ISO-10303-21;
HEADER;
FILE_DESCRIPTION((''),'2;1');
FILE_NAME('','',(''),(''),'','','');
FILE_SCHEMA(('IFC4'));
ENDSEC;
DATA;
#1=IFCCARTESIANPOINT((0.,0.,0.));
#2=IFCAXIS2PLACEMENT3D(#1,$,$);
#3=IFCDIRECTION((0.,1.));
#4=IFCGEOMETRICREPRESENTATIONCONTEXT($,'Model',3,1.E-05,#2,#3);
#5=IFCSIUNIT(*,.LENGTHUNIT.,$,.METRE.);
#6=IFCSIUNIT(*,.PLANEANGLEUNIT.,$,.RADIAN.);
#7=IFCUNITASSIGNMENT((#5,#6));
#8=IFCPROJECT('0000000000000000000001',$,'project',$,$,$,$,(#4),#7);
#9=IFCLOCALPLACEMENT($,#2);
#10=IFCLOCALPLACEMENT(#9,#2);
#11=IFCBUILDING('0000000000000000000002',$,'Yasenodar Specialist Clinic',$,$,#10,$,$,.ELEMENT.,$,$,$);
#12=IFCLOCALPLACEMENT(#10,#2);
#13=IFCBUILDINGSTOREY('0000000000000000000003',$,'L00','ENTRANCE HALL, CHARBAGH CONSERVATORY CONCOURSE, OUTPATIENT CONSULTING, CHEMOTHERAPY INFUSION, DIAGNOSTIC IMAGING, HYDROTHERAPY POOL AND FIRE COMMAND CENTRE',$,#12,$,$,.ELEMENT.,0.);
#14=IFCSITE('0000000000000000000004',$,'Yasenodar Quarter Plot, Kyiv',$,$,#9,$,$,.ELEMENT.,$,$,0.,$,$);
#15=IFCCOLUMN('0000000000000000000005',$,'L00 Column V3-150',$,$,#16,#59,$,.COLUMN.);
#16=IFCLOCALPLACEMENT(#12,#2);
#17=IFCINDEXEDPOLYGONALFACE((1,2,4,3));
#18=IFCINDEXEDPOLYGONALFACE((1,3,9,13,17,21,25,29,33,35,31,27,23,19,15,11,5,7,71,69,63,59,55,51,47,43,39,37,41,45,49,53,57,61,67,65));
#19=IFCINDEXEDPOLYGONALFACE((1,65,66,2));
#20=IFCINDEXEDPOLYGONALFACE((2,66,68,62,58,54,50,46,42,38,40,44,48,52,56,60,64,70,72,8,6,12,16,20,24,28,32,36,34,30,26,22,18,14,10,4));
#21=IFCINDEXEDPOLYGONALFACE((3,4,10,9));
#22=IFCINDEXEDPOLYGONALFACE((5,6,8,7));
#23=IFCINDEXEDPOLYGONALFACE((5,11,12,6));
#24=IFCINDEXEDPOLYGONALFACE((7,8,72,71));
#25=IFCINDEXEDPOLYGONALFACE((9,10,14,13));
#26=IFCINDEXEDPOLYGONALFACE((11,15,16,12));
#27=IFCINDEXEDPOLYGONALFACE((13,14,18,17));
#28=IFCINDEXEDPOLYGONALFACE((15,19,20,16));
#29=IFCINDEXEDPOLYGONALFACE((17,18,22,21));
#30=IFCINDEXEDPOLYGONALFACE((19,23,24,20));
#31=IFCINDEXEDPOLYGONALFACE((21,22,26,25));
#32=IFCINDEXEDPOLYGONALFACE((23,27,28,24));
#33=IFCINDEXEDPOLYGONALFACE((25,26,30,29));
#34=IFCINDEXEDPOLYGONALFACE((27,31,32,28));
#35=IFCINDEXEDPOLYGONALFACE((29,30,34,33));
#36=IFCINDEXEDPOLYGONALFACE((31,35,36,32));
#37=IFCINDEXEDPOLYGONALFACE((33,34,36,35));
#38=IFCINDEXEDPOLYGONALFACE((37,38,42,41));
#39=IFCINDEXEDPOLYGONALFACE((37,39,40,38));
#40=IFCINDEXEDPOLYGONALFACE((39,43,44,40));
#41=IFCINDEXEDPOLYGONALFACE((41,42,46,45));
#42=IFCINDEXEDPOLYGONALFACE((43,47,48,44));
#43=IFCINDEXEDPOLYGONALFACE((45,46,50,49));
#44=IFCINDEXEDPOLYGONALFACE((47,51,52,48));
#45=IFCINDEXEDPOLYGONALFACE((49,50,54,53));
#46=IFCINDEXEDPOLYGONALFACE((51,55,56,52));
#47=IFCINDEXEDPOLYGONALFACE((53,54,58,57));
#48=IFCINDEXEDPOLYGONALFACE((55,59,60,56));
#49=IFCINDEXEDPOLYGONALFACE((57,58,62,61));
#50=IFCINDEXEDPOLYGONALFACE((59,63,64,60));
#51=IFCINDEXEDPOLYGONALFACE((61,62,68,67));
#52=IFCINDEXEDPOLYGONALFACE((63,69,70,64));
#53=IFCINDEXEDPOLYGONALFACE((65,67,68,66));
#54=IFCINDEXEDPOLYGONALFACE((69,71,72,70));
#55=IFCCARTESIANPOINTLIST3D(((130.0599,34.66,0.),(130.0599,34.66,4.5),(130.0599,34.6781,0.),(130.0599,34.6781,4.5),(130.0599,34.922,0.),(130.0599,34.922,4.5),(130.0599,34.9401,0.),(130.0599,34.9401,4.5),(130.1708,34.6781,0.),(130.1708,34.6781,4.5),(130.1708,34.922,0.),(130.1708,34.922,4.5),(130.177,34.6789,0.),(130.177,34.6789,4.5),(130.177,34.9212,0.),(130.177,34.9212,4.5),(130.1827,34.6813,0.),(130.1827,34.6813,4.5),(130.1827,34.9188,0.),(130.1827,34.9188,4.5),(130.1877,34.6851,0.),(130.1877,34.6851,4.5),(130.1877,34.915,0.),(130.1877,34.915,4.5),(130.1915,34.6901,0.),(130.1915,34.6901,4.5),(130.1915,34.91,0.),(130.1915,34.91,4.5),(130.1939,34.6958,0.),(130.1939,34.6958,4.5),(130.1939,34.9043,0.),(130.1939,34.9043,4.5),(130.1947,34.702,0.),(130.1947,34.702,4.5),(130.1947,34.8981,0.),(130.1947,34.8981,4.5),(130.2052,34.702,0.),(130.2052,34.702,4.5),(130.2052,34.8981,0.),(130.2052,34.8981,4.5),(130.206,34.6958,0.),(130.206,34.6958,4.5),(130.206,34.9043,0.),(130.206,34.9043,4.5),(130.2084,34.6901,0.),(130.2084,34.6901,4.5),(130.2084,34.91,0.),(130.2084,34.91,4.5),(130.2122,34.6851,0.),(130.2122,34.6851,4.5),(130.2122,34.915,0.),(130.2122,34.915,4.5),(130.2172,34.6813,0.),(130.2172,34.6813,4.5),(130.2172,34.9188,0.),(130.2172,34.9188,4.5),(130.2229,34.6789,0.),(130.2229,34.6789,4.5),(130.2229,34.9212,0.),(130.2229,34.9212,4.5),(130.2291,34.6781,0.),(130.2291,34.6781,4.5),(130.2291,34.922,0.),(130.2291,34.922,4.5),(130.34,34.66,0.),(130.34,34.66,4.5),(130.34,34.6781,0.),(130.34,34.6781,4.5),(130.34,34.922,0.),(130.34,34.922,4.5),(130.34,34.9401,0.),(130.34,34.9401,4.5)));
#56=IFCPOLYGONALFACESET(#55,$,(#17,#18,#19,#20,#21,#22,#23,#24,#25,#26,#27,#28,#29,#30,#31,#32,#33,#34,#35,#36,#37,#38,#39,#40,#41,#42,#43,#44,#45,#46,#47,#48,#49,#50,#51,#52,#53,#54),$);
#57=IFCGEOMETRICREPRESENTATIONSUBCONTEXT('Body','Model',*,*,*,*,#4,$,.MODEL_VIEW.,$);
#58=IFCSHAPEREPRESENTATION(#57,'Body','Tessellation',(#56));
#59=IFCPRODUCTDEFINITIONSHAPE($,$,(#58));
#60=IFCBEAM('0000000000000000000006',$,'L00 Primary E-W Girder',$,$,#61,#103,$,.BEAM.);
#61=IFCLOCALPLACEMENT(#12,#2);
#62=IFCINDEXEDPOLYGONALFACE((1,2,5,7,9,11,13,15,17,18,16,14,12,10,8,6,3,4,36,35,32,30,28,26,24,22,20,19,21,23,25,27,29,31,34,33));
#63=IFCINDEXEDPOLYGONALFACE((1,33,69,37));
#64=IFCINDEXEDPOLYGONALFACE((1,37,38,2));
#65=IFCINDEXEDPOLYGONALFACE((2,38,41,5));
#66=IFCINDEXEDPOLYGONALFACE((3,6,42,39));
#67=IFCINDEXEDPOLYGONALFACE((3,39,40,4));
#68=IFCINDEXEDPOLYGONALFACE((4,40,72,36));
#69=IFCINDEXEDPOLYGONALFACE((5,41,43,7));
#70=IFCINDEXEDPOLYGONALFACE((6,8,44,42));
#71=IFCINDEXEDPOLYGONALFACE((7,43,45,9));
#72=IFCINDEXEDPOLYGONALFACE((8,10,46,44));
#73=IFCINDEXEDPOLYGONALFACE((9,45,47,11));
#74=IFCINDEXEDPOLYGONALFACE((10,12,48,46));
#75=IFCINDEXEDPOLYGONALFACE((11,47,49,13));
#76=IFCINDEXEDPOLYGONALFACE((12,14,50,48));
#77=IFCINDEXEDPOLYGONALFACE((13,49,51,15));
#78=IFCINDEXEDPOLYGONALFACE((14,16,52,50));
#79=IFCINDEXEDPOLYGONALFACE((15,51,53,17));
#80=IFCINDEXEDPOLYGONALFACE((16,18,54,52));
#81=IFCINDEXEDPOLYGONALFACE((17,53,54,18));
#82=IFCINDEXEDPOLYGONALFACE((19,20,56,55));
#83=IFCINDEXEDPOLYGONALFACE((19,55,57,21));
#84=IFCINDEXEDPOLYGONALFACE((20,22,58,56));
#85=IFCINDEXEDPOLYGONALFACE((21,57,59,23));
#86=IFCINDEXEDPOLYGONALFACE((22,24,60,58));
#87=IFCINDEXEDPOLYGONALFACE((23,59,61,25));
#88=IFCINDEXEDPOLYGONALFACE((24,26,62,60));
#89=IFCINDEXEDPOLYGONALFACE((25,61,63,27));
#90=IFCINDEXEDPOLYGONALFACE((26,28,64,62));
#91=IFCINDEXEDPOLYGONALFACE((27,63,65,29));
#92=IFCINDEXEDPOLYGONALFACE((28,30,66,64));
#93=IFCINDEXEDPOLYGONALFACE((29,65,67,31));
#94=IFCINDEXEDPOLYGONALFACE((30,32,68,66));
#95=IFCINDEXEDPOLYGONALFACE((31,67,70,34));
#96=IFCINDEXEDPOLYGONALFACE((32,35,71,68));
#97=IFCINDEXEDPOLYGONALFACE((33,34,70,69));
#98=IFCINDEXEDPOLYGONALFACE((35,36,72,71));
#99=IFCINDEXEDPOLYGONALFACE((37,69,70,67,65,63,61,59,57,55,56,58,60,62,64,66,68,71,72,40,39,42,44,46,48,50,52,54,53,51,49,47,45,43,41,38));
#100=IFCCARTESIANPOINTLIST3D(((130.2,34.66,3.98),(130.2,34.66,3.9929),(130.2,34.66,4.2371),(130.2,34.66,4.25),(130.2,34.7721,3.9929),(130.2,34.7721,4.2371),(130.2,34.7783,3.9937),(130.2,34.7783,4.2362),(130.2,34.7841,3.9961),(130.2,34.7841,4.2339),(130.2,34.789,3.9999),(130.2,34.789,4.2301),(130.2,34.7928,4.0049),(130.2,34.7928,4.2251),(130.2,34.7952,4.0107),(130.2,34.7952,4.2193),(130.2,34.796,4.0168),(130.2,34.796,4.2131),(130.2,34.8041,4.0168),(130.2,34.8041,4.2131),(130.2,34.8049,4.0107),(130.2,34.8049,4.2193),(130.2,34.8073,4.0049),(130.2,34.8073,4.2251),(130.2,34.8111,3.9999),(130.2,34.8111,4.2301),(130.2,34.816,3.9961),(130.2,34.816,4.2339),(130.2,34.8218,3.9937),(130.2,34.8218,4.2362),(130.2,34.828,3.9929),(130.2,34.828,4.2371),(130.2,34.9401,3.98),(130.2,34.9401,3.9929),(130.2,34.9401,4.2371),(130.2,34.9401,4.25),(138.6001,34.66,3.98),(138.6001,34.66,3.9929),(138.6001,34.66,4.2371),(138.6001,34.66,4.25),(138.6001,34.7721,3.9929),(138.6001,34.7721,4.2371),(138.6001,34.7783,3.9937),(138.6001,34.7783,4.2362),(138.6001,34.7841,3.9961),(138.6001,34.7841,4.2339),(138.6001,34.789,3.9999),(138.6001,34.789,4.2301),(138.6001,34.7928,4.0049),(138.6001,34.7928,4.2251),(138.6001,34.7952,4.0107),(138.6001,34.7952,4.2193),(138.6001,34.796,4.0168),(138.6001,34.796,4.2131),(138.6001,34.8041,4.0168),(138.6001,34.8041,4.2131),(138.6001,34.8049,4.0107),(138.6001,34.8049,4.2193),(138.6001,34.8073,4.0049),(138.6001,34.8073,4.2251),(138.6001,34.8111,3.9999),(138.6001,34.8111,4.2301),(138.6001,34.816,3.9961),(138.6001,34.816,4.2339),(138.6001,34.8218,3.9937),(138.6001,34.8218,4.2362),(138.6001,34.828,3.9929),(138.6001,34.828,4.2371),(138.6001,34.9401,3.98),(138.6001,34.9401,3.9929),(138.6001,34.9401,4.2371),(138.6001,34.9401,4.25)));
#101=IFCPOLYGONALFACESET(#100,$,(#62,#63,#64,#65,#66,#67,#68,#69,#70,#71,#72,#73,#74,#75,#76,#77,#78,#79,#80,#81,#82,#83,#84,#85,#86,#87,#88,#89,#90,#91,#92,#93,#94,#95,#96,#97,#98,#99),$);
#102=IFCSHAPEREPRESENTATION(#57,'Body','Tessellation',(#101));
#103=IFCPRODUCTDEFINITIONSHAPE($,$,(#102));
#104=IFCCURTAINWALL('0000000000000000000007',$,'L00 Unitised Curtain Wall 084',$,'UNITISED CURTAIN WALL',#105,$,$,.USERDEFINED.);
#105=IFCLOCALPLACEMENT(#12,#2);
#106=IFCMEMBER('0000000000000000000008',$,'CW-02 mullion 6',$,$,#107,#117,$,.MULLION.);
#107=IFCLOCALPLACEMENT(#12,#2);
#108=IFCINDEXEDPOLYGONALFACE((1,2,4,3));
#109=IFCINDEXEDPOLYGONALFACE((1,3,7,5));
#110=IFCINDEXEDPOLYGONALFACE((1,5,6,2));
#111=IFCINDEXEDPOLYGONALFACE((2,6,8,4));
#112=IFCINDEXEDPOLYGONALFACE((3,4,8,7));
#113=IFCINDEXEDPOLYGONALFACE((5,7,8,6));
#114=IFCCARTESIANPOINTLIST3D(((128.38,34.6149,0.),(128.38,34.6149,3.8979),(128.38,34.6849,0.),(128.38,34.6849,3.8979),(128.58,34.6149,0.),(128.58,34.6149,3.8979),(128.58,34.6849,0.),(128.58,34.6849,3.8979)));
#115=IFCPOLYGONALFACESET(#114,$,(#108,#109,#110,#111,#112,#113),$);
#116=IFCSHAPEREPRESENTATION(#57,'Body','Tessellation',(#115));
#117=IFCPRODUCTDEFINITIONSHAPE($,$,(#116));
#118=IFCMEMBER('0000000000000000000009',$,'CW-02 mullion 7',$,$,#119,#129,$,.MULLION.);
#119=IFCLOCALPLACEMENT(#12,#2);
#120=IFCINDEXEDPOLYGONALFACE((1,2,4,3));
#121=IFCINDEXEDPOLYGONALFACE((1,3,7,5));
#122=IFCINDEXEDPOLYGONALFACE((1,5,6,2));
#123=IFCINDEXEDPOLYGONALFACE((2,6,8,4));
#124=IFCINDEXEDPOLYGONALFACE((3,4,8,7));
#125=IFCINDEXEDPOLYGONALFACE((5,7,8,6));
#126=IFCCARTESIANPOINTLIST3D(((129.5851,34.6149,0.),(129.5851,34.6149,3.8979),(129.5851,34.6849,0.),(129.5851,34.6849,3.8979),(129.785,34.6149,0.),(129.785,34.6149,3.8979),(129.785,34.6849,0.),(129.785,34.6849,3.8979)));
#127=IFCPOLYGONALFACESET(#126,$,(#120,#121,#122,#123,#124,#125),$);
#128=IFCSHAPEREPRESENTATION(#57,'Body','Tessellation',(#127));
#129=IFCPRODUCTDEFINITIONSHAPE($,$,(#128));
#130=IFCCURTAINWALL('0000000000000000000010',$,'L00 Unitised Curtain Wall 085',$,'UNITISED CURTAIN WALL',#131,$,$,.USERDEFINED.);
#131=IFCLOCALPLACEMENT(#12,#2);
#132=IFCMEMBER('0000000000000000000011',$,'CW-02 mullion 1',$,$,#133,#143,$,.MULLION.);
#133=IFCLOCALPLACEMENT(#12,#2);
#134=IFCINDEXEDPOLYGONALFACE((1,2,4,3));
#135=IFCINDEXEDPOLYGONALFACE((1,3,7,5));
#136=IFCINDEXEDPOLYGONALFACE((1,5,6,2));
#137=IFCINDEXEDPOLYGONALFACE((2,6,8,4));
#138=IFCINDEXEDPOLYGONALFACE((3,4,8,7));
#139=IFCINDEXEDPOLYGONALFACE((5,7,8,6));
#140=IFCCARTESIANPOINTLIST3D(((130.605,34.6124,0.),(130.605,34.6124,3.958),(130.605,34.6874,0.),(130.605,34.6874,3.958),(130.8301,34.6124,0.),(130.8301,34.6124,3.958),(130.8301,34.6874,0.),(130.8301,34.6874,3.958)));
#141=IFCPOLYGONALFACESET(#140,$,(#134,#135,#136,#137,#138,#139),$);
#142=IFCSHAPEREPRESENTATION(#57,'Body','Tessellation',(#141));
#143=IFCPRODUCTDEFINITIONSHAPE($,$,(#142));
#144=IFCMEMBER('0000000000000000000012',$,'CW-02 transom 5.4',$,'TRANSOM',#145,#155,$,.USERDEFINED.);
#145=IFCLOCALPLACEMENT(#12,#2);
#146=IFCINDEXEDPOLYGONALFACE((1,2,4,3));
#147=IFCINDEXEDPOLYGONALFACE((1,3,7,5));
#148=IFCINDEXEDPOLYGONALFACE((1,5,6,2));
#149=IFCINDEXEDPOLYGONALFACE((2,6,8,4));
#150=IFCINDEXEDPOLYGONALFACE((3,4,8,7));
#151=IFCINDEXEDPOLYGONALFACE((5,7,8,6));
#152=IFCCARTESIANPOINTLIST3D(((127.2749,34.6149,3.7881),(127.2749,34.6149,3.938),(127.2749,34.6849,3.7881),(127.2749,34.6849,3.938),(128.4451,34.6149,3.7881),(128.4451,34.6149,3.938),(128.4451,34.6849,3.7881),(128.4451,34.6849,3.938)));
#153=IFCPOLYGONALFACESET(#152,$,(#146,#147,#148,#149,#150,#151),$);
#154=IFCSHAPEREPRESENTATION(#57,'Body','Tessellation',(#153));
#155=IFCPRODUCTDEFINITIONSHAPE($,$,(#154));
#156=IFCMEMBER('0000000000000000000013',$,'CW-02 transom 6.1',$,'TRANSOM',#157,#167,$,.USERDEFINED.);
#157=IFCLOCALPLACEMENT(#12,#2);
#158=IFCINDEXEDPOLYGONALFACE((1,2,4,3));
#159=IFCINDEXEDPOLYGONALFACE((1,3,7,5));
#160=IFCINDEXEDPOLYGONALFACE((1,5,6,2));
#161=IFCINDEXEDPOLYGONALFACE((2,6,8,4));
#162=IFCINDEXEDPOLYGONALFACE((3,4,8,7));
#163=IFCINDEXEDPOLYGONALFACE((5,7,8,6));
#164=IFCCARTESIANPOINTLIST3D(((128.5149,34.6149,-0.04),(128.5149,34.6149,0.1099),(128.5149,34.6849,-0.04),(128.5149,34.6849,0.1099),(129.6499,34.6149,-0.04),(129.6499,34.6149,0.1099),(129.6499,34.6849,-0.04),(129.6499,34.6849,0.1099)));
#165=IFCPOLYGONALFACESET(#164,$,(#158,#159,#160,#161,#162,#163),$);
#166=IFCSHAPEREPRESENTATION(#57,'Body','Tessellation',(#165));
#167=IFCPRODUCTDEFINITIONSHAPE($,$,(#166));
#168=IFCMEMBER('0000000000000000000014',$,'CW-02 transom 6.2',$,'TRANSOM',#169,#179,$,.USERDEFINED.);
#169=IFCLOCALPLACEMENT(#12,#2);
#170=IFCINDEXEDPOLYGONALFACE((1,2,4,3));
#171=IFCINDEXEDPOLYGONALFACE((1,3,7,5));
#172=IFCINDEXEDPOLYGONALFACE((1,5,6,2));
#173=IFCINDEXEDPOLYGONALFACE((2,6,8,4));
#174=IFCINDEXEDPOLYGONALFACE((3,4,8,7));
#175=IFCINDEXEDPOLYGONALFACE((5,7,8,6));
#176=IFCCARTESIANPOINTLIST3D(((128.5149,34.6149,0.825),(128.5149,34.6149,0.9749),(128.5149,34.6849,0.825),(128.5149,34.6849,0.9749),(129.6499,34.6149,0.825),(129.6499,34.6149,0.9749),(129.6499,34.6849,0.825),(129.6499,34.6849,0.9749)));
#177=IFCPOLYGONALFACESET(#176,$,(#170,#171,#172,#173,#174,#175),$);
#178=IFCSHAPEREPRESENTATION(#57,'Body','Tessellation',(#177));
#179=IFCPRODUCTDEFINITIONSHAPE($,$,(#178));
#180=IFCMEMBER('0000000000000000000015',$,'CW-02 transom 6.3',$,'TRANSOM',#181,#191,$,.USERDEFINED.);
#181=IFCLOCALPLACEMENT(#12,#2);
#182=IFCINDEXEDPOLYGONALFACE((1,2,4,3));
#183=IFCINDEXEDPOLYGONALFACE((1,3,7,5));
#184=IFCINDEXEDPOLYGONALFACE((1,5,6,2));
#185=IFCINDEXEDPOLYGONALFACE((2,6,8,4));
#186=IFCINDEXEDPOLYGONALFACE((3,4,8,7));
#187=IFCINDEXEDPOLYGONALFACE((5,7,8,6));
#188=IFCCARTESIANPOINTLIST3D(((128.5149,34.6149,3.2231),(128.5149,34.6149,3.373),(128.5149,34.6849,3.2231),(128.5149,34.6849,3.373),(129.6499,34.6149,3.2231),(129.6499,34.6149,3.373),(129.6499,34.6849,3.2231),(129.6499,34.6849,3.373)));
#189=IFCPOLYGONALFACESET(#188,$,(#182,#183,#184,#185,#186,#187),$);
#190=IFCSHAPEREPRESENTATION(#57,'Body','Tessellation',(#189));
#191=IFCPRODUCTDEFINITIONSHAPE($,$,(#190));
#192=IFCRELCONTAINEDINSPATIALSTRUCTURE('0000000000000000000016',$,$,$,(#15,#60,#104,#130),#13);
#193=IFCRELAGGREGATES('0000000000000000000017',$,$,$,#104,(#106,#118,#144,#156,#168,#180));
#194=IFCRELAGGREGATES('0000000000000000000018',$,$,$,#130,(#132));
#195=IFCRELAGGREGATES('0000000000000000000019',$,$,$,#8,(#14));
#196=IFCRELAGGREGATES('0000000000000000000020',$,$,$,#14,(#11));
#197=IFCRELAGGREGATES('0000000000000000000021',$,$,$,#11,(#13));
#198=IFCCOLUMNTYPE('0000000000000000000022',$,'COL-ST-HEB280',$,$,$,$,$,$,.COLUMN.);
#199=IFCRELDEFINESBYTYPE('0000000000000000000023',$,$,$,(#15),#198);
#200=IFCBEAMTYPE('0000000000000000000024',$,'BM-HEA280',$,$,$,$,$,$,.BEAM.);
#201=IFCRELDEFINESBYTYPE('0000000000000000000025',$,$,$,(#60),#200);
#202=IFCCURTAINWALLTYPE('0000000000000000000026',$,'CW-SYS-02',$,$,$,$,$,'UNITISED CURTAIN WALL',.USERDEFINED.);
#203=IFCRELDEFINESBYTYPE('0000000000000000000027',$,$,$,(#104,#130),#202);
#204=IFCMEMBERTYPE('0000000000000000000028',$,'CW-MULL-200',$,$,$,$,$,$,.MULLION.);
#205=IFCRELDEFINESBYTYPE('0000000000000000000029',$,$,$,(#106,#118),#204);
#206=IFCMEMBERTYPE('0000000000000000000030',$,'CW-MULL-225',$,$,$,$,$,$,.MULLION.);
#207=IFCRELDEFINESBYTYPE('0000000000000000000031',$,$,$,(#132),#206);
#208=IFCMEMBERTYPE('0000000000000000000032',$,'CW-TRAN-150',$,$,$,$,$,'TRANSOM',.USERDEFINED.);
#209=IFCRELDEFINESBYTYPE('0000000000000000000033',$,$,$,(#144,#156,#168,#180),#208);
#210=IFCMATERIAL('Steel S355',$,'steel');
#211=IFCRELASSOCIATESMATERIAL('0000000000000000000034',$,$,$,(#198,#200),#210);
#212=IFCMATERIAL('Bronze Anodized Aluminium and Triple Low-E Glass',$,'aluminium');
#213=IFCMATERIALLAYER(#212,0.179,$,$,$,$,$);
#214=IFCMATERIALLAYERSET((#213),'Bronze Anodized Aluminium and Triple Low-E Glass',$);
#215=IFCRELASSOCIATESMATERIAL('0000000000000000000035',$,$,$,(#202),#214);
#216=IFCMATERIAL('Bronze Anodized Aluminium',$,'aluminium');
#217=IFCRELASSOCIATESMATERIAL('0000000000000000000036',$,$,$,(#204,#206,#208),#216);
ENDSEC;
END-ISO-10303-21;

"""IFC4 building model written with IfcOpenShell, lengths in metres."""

from ifc_helpers import new_model, si_unit, direction, frame, origin, origin_2d, place, context, subcontext, project, spatial, rectangle, i_section, extrude, material, layer, layer_set, material_profile, profile_set, type_object, element, aggregate, save


model = new_model("IFC4")

# Units and contexts
model_context = context("Model", 3, precision=1e-05, world=origin(), true_north=direction((0.0, 1.0)))
body_context = subcontext(model_context, "Body", "Model", "MODEL_VIEW")
ifc_project = project(units=[si_unit("LENGTHUNIT", "METRE"), si_unit("PLANEANGLEUNIT", "RADIAN")], contexts=[model_context])

# Site, building, storey
site_placement = place(None, origin())
site = spatial("IfcSite", under=ifc_project, at=site_placement, Name="Yasenodar Quarter Plot, Kyiv", CompositionType="ELEMENT", RefElevation=0.0)
building_placement = place(site_placement, origin())
building = spatial("IfcBuilding", under=site, at=building_placement, Name="Yasenodar Specialist Clinic", CompositionType="ELEMENT")
storey_placement = place(building_placement, origin())
storey = spatial("IfcBuildingStorey", under=building, at=storey_placement, Name="L00", Description="ENTRANCE HALL, CHARBAGH CONSERVATORY CONCOURSE, OUTPATIENT CONSULTING, CHEMOTHERAPY INFUSION, DIAGNOSTIC IMAGING, HYDROTHERAPY POOL AND FIRE COMMAND CENTRE", CompositionType="ELEMENT", Elevation=0.0)

# Column
ifc_material_1 = material(Name="Steel S355", Category="steel")
ifc_material_profile_1 = material_profile(ifc_material_1, i_section(OverallWidth=0.28, OverallDepth=0.28, WebThickness=0.0105, FlangeThickness=0.0181, FilletRadius=0.0239, at=origin_2d()), Name="HEB 280")
ifc_profile_set_1 = profile_set([ifc_material_profile_1], Name="Steel S355")
column_type = type_object("IfcColumnType", Name="COL-ST-HEB280", PredefinedType="COLUMN", material=ifc_profile_set_1)
column_placement = place(storey_placement, frame((130.2, 34.8, 0.0), z_axis=(0.0, 0.0, 1.0), x_axis=(1.0, 0.0, 0.0)))
element("IfcColumn", 1, at=column_placement, inside=storey, type_object=column_type, Name="L00 Column V3-150", PredefinedType="COLUMN", context=body_context, shape_type="SweptSolid", body=[
    extrude(i_section(OverallWidth=0.28, OverallDepth=0.28, WebThickness=0.0105, FlangeThickness=0.0181, FilletRadius=0.0239, at=origin_2d()), origin(), (0.0, 0.0, 1.0), 4.5),
])

# Beam
ifc_material_profile_2 = material_profile(ifc_material_1, i_section(OverallWidth=0.28, OverallDepth=0.27, WebThickness=0.0081, FlangeThickness=0.0129, FilletRadius=0.0239, at=origin_2d()), Name="HEA 280")
ifc_profile_set_2 = profile_set([ifc_material_profile_2], Name="Steel S355")
beam_type = type_object("IfcBeamType", Name="BM-HEA280", PredefinedType="BEAM", material=ifc_profile_set_2)
beam_placement = place(storey_placement, frame((130.2, 34.8, 4.115), z_axis=(1.0, 0.0, 0.0), x_axis=(0.0, 1.0, 0.0)))
element("IfcBeam", 2, at=beam_placement, inside=storey, type_object=beam_type, Name="L00 Primary E-W Girder", PredefinedType="BEAM", context=body_context, shape_type="SweptSolid", body=[
    extrude(i_section(OverallWidth=0.28, OverallDepth=0.27, WebThickness=0.0081, FlangeThickness=0.0129, FilletRadius=0.0239, at=origin_2d()), origin(), (0.0, 0.0, 1.0), 8.4001),
])

# Curtain wall, members
ifc_material_2 = material(Name="Bronze Anodized Aluminium and Triple Low-E Glass", Category="aluminium")
ifc_layer_1 = layer(ifc_material_2, 0.179)
ifc_layer_set_1 = layer_set([ifc_layer_1], Name="Bronze Anodized Aluminium and Triple Low-E Glass")
curtain_wall_type = type_object("IfcCurtainWallType", Name="CW-SYS-02", ElementType="UNITISED CURTAIN WALL", PredefinedType="USERDEFINED", material=ifc_layer_set_1)
curtain_wall_1_placement = place(storey_placement, origin())
curtain_wall_1 = element("IfcCurtainWall", 3, at=curtain_wall_1_placement, inside=storey, type_object=curtain_wall_type, Name="L00 Unitised Curtain Wall 084", ObjectType="UNITISED CURTAIN WALL", PredefinedType="USERDEFINED")
ifc_material_3 = material(Name="Bronze Anodized Aluminium", Category="aluminium")
ifc_material_profile_3 = material_profile(ifc_material_3, rectangle(XDim=0.0701, YDim=0.2, at=origin_2d()), Name="CW-MULL 70x200")
ifc_profile_set_3 = profile_set([ifc_material_profile_3], Name="Bronze Anodized Aluminium")
member_type_1 = type_object("IfcMemberType", Name="CW-MULL-200", PredefinedType="MULLION", material=ifc_profile_set_3)
member_1_placement = place(storey_placement, frame((128.48, 34.6499, 0.0), z_axis=(0.0, 0.0, 1.0), x_axis=(0.0, 1.0, 0.0)))
member_1 = element("IfcMember", 4, at=member_1_placement, type_object=member_type_1, Name="CW-02 mullion 6", PredefinedType="MULLION", context=body_context, shape_type="SweptSolid", body=[
    extrude(rectangle(XDim=0.0701, YDim=0.2, at=origin_2d()), origin(), (0.0, 0.0, 1.0), 3.8979),
])
member_2_placement = place(storey_placement, frame((129.6851, 34.6499, 0.0), z_axis=(0.0, 0.0, 1.0), x_axis=(0.0, 1.0, 0.0)))
member_2 = element("IfcMember", 5, at=member_2_placement, type_object=member_type_1, Name="CW-02 mullion 7", PredefinedType="MULLION", context=body_context, shape_type="SweptSolid", body=[
    extrude(rectangle(XDim=0.0701, YDim=0.2, at=origin_2d()), origin(), (0.0, 0.0, 1.0), 3.8979),
])

# Curtain wall, member
curtain_wall_2_placement = place(storey_placement, origin())
curtain_wall_2 = element("IfcCurtainWall", 6, at=curtain_wall_2_placement, inside=storey, type_object=curtain_wall_type, Name="L00 Unitised Curtain Wall 085", ObjectType="UNITISED CURTAIN WALL", PredefinedType="USERDEFINED")
ifc_material_profile_4 = material_profile(ifc_material_3, rectangle(XDim=0.075, YDim=0.2251, at=origin_2d()), Name="CW-MULL 75x225")
ifc_profile_set_4 = profile_set([ifc_material_profile_4], Name="Bronze Anodized Aluminium")
member_type_2 = type_object("IfcMemberType", Name="CW-MULL-225", PredefinedType="MULLION", material=ifc_profile_set_4)
member_3_placement = place(storey_placement, frame((130.7175, 34.6499, 0.0), z_axis=(0.0, 0.0, 1.0), x_axis=(0.0, 1.0, 0.0)))
member_3 = element("IfcMember", 7, at=member_3_placement, type_object=member_type_2, Name="CW-02 mullion 1", PredefinedType="MULLION", context=body_context, shape_type="SweptSolid", body=[
    extrude(rectangle(XDim=0.075, YDim=0.2251, at=origin_2d()), origin(), (0.0, 0.0, 1.0), 3.958),
])

# Members
ifc_material_profile_5 = material_profile(ifc_material_3, rectangle(XDim=0.0701, YDim=0.1499, at=origin_2d()), Name="CW-TRAN 70x150")
ifc_profile_set_5 = profile_set([ifc_material_profile_5], Name="Bronze Anodized Aluminium")
member_type_3 = type_object("IfcMemberType", Name="CW-TRAN-150", ElementType="TRANSOM", PredefinedType="USERDEFINED", material=ifc_profile_set_5)
member_4_placement = place(storey_placement, frame((127.2749, 34.6499, 3.863), z_axis=(1.0, 0.0, 0.0), x_axis=(0.0, 1.0, 0.0)))
member_4 = element("IfcMember", 8, at=member_4_placement, type_object=member_type_3, Name="CW-02 transom 5.4", ObjectType="TRANSOM", PredefinedType="USERDEFINED", context=body_context, shape_type="SweptSolid", body=[
    extrude(rectangle(XDim=0.0701, YDim=0.1499, at=origin_2d()), origin(), (0.0, 0.0, 1.0), 1.1702),
])
member_5_placement = place(storey_placement, frame((128.5149, 34.6499, 0.0349), z_axis=(1.0, 0.0, 0.0), x_axis=(0.0, 1.0, 0.0)))
member_5 = element("IfcMember", 9, at=member_5_placement, type_object=member_type_3, Name="CW-02 transom 6.1", ObjectType="TRANSOM", PredefinedType="USERDEFINED", context=body_context, shape_type="SweptSolid", body=[
    extrude(rectangle(XDim=0.0701, YDim=0.1499, at=origin_2d()), origin(), (0.0, 0.0, 1.0), 1.135),
])
member_6_placement = place(storey_placement, frame((128.5149, 34.6499, 0.8999), z_axis=(1.0, 0.0, 0.0), x_axis=(0.0, 1.0, 0.0)))
member_6 = element("IfcMember", 10, at=member_6_placement, type_object=member_type_3, Name="CW-02 transom 6.2", ObjectType="TRANSOM", PredefinedType="USERDEFINED", context=body_context, shape_type="SweptSolid", body=[
    extrude(rectangle(XDim=0.0701, YDim=0.1499, at=origin_2d()), origin(), (0.0, 0.0, 1.0), 1.135),
])
member_7_placement = place(storey_placement, frame((128.5149, 34.6499, 3.2981), z_axis=(1.0, 0.0, 0.0), x_axis=(0.0, 1.0, 0.0)))
member_7 = element("IfcMember", 11, at=member_7_placement, type_object=member_type_3, Name="CW-02 transom 6.3", ObjectType="TRANSOM", PredefinedType="USERDEFINED", context=body_context, shape_type="SweptSolid", body=[
    extrude(rectangle(XDim=0.0701, YDim=0.1499, at=origin_2d()), origin(), (0.0, 0.0, 1.0), 1.135),
])

aggregate(curtain_wall_1, [member_1, member_2, member_4, member_5, member_6, member_7])
aggregate(curtain_wall_2, [member_3])

save(model, "model.ifc")
